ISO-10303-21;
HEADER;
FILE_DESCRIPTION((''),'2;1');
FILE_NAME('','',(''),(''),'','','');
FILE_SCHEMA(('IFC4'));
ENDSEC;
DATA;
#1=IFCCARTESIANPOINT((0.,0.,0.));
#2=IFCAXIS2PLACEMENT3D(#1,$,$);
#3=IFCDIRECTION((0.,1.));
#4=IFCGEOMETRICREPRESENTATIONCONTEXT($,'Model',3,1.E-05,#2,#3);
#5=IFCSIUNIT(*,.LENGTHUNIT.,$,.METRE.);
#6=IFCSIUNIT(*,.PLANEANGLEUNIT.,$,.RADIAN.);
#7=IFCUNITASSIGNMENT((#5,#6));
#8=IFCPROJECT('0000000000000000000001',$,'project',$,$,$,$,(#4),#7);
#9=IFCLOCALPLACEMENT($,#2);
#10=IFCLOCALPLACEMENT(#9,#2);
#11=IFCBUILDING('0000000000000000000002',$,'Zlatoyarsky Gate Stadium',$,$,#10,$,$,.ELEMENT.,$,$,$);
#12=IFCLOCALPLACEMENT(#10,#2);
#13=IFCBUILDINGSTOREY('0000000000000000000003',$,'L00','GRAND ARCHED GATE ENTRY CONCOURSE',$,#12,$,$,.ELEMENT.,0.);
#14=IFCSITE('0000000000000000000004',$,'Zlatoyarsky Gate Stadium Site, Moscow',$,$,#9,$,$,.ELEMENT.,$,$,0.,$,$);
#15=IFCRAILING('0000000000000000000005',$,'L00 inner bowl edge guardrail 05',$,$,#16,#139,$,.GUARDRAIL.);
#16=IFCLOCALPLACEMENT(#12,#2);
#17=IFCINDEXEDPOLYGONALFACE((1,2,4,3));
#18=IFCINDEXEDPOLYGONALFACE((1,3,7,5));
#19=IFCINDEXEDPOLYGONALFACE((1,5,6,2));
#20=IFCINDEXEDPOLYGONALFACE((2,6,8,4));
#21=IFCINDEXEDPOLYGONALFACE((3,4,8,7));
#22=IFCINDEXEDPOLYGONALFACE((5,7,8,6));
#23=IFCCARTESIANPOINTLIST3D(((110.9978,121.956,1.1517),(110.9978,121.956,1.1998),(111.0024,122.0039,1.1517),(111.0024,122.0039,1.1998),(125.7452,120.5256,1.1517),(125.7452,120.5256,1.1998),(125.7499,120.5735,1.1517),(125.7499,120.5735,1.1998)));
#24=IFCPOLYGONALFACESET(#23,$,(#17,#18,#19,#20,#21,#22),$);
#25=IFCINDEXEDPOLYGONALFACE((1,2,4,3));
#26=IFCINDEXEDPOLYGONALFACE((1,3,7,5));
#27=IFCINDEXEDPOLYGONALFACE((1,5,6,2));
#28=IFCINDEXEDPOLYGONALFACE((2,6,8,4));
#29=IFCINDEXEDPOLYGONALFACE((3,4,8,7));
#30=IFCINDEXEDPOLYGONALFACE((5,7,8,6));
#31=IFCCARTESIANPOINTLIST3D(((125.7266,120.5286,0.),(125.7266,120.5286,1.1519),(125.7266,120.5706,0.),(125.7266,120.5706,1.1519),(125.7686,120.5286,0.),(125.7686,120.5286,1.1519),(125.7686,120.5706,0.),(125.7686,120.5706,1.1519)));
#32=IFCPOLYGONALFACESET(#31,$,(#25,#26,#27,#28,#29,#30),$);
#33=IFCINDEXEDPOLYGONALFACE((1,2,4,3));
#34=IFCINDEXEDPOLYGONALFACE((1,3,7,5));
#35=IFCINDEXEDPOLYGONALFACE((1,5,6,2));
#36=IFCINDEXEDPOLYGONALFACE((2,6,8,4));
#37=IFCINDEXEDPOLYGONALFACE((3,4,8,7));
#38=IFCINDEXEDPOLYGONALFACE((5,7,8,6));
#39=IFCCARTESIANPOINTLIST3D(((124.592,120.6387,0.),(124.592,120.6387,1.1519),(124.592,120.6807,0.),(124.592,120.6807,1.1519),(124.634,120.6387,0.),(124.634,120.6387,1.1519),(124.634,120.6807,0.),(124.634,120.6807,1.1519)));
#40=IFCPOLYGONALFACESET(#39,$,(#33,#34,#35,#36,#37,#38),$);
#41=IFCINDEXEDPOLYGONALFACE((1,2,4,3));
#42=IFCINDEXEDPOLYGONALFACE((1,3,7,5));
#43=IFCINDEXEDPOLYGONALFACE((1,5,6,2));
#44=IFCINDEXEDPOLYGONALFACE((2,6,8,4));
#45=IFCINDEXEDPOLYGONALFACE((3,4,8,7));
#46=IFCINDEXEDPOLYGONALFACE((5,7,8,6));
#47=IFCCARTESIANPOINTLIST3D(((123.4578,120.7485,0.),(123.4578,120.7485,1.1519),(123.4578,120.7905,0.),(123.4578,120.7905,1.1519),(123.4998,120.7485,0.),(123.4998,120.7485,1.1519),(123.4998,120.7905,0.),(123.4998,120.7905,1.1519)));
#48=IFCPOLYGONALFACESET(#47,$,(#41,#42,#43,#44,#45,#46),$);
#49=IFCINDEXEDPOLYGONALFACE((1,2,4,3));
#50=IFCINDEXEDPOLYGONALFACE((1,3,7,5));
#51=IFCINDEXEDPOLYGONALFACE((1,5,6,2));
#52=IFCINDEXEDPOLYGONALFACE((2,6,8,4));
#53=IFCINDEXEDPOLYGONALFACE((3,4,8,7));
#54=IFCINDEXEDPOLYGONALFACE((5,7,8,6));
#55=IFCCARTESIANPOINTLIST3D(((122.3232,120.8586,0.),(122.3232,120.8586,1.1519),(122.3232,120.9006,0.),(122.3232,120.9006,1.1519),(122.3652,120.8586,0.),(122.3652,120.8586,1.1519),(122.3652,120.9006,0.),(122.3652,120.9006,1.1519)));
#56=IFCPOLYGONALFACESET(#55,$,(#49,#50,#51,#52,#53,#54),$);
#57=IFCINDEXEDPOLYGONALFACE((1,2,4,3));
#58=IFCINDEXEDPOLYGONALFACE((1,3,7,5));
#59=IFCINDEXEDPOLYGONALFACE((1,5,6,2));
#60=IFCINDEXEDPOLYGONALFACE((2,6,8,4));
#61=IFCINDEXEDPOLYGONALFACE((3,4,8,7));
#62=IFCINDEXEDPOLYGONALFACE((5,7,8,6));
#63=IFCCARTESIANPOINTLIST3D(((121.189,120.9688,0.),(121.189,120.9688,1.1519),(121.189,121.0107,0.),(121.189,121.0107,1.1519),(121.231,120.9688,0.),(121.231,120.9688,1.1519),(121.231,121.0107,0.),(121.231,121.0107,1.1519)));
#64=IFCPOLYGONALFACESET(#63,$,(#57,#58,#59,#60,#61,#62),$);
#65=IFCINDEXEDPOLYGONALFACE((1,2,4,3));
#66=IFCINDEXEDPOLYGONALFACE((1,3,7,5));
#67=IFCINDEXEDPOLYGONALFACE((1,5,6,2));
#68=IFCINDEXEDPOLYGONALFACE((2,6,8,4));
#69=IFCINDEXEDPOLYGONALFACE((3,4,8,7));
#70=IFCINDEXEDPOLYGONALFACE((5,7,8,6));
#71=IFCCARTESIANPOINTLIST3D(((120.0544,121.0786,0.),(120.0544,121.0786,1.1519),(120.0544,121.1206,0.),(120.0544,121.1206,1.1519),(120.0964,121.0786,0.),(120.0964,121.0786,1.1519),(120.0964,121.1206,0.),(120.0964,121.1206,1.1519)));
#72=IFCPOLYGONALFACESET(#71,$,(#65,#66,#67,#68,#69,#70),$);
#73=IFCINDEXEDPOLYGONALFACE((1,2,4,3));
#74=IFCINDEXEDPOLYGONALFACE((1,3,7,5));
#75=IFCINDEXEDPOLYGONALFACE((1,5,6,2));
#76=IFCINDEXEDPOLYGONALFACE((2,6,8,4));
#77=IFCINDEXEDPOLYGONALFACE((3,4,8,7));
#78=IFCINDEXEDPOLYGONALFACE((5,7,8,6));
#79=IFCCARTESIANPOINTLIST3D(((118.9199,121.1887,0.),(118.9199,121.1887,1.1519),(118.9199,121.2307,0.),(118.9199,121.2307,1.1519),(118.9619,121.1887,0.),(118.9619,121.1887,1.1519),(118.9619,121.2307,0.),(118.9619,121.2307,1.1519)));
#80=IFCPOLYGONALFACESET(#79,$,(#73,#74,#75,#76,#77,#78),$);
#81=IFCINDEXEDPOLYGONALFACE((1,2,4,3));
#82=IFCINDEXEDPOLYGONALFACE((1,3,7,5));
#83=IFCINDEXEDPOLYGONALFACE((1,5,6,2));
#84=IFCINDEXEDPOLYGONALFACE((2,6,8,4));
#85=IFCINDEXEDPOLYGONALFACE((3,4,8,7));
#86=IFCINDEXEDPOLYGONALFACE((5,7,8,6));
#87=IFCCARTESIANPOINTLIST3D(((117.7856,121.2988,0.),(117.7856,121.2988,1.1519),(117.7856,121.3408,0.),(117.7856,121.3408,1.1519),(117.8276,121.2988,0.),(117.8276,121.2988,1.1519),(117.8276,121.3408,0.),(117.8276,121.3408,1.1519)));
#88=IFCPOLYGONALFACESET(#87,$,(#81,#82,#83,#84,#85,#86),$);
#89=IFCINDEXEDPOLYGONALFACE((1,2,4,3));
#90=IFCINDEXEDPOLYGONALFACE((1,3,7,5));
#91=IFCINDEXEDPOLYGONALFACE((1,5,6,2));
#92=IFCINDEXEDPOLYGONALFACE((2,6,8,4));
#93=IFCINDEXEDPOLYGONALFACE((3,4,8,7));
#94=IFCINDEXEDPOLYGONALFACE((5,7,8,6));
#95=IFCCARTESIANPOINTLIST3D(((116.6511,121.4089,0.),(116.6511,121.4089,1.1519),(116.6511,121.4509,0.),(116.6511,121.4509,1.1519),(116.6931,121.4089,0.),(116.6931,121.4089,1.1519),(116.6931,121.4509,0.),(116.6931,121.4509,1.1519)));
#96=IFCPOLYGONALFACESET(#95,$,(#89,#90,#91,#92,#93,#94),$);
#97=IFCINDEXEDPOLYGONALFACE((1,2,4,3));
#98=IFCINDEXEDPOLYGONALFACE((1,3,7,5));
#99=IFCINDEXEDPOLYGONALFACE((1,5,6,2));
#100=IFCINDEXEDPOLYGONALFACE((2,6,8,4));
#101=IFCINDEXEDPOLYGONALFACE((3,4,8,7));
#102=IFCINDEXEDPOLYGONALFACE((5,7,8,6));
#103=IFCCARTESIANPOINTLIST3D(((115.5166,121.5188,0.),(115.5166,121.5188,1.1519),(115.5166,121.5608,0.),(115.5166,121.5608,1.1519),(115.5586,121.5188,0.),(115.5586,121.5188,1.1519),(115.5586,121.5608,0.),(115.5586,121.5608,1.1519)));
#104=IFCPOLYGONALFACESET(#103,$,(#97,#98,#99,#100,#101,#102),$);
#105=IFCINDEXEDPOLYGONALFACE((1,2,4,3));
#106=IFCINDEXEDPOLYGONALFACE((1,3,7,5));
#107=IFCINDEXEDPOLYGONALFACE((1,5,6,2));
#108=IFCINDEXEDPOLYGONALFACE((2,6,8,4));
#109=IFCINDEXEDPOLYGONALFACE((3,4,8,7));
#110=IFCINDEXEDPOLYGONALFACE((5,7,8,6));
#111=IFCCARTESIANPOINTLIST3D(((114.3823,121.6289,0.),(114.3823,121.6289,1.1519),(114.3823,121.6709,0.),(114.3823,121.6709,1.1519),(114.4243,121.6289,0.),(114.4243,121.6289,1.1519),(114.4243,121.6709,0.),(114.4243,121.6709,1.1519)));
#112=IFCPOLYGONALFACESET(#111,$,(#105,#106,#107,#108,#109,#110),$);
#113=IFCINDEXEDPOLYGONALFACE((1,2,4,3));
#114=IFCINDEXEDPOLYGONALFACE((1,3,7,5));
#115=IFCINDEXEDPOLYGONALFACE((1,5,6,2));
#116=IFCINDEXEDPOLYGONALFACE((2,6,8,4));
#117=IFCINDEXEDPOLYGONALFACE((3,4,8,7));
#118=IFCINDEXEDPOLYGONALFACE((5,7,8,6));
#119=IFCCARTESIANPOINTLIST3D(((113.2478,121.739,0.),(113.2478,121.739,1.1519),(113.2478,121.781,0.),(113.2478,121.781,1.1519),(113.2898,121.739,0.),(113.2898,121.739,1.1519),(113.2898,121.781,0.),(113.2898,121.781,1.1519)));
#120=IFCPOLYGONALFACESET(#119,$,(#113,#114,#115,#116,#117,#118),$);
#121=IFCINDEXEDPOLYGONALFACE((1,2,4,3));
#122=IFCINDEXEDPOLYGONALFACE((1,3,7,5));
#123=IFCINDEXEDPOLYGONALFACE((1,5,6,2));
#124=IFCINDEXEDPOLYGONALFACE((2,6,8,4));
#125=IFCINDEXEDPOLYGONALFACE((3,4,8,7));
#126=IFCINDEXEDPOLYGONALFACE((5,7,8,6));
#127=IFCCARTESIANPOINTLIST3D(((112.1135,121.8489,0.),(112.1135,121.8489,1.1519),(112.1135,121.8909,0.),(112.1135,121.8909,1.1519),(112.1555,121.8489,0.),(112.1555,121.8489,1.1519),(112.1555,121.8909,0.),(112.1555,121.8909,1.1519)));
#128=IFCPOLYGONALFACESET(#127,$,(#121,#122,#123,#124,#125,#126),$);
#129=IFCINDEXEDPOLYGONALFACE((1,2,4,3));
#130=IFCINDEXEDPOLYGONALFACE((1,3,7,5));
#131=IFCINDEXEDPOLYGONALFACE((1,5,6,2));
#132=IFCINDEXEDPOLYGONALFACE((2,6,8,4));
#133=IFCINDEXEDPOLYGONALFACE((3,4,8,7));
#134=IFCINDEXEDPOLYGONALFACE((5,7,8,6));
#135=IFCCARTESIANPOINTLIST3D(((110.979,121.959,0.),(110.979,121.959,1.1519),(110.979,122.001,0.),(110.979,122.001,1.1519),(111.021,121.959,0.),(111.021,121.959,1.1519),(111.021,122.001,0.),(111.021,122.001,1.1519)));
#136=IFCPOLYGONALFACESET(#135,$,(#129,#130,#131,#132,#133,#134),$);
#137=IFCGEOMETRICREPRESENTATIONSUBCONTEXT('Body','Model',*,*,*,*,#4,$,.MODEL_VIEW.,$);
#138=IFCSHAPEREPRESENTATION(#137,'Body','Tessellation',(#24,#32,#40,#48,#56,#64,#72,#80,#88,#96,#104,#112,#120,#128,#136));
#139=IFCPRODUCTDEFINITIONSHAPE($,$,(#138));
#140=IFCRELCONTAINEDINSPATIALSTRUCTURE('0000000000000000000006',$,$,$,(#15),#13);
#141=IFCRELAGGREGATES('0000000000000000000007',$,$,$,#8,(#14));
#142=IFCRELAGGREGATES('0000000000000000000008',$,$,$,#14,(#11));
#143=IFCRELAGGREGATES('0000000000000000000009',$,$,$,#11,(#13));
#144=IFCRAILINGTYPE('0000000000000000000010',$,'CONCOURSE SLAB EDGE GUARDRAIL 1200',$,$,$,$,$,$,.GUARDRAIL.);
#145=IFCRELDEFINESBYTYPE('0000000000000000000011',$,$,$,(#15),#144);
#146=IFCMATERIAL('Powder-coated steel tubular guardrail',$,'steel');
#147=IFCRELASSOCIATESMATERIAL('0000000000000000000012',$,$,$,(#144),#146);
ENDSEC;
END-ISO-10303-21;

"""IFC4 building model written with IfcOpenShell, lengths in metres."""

from ifc_helpers import new_model, si_unit, direction, frame, origin, origin_2d, place, context, subcontext, project, spatial, rectangle, extrude, material, type_object, element, save


model = new_model("IFC4")

# Units and contexts
model_context = context("Model", 3, precision=1e-05, world=origin(), true_north=direction((0.0, 1.0)))
body_context = subcontext(model_context, "Body", "Model", "MODEL_VIEW")
ifc_project = project(units=[si_unit("LENGTHUNIT", "METRE"), si_unit("PLANEANGLEUNIT", "RADIAN")], contexts=[model_context])

# Site, building, storey
site_placement = place(None, origin())
site = spatial("IfcSite", under=ifc_project, at=site_placement, Name="Zlatoyarsky Gate Stadium Site, Moscow", CompositionType="ELEMENT", RefElevation=0.0)
building_placement = place(site_placement, origin())
building = spatial("IfcBuilding", under=site, at=building_placement, Name="Zlatoyarsky Gate Stadium", CompositionType="ELEMENT")
storey_placement = place(building_placement, origin())
storey = spatial("IfcBuildingStorey", under=building, at=storey_placement, Name="L00", Description="GRAND ARCHED GATE ENTRY CONCOURSE", CompositionType="ELEMENT", Elevation=0.0)

# Railing
ifc_material_1 = material(Name="Powder-coated steel tubular guardrail", Category="steel")
railing_type = type_object("IfcRailingType", Name="CONCOURSE SLAB EDGE GUARDRAIL 1200", PredefinedType="GUARDRAIL", material=ifc_material_1)
railing_1_placement = place(storey_placement, frame((125.7476, 120.5496, 0.0)))
element("IfcRailing", 1, at=railing_1_placement, inside=storey, type_object=railing_type, Name="L00 inner bowl edge guardrail 05", PredefinedType="GUARDRAIL", context=body_context, shape_type="SweptSolid", body=[
    extrude(rectangle(XDim=0.0481, YDim=0.0481, at=origin_2d()), frame((0.0, 0.0, 1.1758), z_axis=(-0.995329, 0.096541, 0.0), x_axis=(-0.096541, -0.995329, 0.0)), (0.0, 0.0, 1.0), 14.8167),
    extrude(rectangle(XDim=0.042, YDim=0.042, at=origin_2d()), origin(), (0.0, 0.0, 1.0), 1.1519),
    extrude(rectangle(XDim=0.042, YDim=0.042, at=origin_2d()), frame((-1.1345, 0.1101, 0.0)), (0.0, 0.0, 1.0), 1.1519),
    extrude(rectangle(XDim=0.042, YDim=0.042, at=origin_2d()), frame((-2.2688, 0.22, 0.0)), (0.0, 0.0, 1.0), 1.1519),
    extrude(rectangle(XDim=0.042, YDim=0.042, at=origin_2d()), frame((-3.4033, 0.3301, 0.0)), (0.0, 0.0, 1.0), 1.1519),
    extrude(rectangle(XDim=0.042, YDim=0.042, at=origin_2d()), frame((-4.5376, 0.4402, 0.0)), (0.0, 0.0, 1.0), 1.1519),
    extrude(rectangle(XDim=0.042, YDim=0.042, at=origin_2d()), frame((-5.6721, 0.55, 0.0)), (0.0, 0.0, 1.0), 1.1519),
    extrude(rectangle(XDim=0.042, YDim=0.042, at=origin_2d()), frame((-6.8066, 0.6602, 0.0)), (0.0, 0.0, 1.0), 1.1519),
    extrude(rectangle(XDim=0.042, YDim=0.042, at=origin_2d()), frame((-7.9409, 0.7703, 0.0)), (0.0, 0.0, 1.0), 1.1519),
    extrude(rectangle(XDim=0.042, YDim=0.042, at=origin_2d()), frame((-9.0754, 0.8804, 0.0)), (0.0, 0.0, 1.0), 1.1519),
    extrude(rectangle(XDim=0.042, YDim=0.042, at=origin_2d()), frame((-10.21, 0.9902, 0.0)), (0.0, 0.0, 1.0), 1.1519),
    extrude(rectangle(XDim=0.042, YDim=0.042, at=origin_2d()), frame((-11.3442, 1.1003, 0.0)), (0.0, 0.0, 1.0), 1.1519),
    extrude(rectangle(XDim=0.042, YDim=0.042, at=origin_2d()), frame((-12.4788, 1.2104, 0.0)), (0.0, 0.0, 1.0), 1.1519),
    extrude(rectangle(XDim=0.042, YDim=0.042, at=origin_2d()), frame((-13.613, 1.3203, 0.0)), (0.0, 0.0, 1.0), 1.1519),
    extrude(rectangle(XDim=0.042, YDim=0.042, at=origin_2d()), frame((-14.7476, 1.4304, 0.0)), (0.0, 0.0, 1.0), 1.1519),
])

save(model, "model.ifc")
